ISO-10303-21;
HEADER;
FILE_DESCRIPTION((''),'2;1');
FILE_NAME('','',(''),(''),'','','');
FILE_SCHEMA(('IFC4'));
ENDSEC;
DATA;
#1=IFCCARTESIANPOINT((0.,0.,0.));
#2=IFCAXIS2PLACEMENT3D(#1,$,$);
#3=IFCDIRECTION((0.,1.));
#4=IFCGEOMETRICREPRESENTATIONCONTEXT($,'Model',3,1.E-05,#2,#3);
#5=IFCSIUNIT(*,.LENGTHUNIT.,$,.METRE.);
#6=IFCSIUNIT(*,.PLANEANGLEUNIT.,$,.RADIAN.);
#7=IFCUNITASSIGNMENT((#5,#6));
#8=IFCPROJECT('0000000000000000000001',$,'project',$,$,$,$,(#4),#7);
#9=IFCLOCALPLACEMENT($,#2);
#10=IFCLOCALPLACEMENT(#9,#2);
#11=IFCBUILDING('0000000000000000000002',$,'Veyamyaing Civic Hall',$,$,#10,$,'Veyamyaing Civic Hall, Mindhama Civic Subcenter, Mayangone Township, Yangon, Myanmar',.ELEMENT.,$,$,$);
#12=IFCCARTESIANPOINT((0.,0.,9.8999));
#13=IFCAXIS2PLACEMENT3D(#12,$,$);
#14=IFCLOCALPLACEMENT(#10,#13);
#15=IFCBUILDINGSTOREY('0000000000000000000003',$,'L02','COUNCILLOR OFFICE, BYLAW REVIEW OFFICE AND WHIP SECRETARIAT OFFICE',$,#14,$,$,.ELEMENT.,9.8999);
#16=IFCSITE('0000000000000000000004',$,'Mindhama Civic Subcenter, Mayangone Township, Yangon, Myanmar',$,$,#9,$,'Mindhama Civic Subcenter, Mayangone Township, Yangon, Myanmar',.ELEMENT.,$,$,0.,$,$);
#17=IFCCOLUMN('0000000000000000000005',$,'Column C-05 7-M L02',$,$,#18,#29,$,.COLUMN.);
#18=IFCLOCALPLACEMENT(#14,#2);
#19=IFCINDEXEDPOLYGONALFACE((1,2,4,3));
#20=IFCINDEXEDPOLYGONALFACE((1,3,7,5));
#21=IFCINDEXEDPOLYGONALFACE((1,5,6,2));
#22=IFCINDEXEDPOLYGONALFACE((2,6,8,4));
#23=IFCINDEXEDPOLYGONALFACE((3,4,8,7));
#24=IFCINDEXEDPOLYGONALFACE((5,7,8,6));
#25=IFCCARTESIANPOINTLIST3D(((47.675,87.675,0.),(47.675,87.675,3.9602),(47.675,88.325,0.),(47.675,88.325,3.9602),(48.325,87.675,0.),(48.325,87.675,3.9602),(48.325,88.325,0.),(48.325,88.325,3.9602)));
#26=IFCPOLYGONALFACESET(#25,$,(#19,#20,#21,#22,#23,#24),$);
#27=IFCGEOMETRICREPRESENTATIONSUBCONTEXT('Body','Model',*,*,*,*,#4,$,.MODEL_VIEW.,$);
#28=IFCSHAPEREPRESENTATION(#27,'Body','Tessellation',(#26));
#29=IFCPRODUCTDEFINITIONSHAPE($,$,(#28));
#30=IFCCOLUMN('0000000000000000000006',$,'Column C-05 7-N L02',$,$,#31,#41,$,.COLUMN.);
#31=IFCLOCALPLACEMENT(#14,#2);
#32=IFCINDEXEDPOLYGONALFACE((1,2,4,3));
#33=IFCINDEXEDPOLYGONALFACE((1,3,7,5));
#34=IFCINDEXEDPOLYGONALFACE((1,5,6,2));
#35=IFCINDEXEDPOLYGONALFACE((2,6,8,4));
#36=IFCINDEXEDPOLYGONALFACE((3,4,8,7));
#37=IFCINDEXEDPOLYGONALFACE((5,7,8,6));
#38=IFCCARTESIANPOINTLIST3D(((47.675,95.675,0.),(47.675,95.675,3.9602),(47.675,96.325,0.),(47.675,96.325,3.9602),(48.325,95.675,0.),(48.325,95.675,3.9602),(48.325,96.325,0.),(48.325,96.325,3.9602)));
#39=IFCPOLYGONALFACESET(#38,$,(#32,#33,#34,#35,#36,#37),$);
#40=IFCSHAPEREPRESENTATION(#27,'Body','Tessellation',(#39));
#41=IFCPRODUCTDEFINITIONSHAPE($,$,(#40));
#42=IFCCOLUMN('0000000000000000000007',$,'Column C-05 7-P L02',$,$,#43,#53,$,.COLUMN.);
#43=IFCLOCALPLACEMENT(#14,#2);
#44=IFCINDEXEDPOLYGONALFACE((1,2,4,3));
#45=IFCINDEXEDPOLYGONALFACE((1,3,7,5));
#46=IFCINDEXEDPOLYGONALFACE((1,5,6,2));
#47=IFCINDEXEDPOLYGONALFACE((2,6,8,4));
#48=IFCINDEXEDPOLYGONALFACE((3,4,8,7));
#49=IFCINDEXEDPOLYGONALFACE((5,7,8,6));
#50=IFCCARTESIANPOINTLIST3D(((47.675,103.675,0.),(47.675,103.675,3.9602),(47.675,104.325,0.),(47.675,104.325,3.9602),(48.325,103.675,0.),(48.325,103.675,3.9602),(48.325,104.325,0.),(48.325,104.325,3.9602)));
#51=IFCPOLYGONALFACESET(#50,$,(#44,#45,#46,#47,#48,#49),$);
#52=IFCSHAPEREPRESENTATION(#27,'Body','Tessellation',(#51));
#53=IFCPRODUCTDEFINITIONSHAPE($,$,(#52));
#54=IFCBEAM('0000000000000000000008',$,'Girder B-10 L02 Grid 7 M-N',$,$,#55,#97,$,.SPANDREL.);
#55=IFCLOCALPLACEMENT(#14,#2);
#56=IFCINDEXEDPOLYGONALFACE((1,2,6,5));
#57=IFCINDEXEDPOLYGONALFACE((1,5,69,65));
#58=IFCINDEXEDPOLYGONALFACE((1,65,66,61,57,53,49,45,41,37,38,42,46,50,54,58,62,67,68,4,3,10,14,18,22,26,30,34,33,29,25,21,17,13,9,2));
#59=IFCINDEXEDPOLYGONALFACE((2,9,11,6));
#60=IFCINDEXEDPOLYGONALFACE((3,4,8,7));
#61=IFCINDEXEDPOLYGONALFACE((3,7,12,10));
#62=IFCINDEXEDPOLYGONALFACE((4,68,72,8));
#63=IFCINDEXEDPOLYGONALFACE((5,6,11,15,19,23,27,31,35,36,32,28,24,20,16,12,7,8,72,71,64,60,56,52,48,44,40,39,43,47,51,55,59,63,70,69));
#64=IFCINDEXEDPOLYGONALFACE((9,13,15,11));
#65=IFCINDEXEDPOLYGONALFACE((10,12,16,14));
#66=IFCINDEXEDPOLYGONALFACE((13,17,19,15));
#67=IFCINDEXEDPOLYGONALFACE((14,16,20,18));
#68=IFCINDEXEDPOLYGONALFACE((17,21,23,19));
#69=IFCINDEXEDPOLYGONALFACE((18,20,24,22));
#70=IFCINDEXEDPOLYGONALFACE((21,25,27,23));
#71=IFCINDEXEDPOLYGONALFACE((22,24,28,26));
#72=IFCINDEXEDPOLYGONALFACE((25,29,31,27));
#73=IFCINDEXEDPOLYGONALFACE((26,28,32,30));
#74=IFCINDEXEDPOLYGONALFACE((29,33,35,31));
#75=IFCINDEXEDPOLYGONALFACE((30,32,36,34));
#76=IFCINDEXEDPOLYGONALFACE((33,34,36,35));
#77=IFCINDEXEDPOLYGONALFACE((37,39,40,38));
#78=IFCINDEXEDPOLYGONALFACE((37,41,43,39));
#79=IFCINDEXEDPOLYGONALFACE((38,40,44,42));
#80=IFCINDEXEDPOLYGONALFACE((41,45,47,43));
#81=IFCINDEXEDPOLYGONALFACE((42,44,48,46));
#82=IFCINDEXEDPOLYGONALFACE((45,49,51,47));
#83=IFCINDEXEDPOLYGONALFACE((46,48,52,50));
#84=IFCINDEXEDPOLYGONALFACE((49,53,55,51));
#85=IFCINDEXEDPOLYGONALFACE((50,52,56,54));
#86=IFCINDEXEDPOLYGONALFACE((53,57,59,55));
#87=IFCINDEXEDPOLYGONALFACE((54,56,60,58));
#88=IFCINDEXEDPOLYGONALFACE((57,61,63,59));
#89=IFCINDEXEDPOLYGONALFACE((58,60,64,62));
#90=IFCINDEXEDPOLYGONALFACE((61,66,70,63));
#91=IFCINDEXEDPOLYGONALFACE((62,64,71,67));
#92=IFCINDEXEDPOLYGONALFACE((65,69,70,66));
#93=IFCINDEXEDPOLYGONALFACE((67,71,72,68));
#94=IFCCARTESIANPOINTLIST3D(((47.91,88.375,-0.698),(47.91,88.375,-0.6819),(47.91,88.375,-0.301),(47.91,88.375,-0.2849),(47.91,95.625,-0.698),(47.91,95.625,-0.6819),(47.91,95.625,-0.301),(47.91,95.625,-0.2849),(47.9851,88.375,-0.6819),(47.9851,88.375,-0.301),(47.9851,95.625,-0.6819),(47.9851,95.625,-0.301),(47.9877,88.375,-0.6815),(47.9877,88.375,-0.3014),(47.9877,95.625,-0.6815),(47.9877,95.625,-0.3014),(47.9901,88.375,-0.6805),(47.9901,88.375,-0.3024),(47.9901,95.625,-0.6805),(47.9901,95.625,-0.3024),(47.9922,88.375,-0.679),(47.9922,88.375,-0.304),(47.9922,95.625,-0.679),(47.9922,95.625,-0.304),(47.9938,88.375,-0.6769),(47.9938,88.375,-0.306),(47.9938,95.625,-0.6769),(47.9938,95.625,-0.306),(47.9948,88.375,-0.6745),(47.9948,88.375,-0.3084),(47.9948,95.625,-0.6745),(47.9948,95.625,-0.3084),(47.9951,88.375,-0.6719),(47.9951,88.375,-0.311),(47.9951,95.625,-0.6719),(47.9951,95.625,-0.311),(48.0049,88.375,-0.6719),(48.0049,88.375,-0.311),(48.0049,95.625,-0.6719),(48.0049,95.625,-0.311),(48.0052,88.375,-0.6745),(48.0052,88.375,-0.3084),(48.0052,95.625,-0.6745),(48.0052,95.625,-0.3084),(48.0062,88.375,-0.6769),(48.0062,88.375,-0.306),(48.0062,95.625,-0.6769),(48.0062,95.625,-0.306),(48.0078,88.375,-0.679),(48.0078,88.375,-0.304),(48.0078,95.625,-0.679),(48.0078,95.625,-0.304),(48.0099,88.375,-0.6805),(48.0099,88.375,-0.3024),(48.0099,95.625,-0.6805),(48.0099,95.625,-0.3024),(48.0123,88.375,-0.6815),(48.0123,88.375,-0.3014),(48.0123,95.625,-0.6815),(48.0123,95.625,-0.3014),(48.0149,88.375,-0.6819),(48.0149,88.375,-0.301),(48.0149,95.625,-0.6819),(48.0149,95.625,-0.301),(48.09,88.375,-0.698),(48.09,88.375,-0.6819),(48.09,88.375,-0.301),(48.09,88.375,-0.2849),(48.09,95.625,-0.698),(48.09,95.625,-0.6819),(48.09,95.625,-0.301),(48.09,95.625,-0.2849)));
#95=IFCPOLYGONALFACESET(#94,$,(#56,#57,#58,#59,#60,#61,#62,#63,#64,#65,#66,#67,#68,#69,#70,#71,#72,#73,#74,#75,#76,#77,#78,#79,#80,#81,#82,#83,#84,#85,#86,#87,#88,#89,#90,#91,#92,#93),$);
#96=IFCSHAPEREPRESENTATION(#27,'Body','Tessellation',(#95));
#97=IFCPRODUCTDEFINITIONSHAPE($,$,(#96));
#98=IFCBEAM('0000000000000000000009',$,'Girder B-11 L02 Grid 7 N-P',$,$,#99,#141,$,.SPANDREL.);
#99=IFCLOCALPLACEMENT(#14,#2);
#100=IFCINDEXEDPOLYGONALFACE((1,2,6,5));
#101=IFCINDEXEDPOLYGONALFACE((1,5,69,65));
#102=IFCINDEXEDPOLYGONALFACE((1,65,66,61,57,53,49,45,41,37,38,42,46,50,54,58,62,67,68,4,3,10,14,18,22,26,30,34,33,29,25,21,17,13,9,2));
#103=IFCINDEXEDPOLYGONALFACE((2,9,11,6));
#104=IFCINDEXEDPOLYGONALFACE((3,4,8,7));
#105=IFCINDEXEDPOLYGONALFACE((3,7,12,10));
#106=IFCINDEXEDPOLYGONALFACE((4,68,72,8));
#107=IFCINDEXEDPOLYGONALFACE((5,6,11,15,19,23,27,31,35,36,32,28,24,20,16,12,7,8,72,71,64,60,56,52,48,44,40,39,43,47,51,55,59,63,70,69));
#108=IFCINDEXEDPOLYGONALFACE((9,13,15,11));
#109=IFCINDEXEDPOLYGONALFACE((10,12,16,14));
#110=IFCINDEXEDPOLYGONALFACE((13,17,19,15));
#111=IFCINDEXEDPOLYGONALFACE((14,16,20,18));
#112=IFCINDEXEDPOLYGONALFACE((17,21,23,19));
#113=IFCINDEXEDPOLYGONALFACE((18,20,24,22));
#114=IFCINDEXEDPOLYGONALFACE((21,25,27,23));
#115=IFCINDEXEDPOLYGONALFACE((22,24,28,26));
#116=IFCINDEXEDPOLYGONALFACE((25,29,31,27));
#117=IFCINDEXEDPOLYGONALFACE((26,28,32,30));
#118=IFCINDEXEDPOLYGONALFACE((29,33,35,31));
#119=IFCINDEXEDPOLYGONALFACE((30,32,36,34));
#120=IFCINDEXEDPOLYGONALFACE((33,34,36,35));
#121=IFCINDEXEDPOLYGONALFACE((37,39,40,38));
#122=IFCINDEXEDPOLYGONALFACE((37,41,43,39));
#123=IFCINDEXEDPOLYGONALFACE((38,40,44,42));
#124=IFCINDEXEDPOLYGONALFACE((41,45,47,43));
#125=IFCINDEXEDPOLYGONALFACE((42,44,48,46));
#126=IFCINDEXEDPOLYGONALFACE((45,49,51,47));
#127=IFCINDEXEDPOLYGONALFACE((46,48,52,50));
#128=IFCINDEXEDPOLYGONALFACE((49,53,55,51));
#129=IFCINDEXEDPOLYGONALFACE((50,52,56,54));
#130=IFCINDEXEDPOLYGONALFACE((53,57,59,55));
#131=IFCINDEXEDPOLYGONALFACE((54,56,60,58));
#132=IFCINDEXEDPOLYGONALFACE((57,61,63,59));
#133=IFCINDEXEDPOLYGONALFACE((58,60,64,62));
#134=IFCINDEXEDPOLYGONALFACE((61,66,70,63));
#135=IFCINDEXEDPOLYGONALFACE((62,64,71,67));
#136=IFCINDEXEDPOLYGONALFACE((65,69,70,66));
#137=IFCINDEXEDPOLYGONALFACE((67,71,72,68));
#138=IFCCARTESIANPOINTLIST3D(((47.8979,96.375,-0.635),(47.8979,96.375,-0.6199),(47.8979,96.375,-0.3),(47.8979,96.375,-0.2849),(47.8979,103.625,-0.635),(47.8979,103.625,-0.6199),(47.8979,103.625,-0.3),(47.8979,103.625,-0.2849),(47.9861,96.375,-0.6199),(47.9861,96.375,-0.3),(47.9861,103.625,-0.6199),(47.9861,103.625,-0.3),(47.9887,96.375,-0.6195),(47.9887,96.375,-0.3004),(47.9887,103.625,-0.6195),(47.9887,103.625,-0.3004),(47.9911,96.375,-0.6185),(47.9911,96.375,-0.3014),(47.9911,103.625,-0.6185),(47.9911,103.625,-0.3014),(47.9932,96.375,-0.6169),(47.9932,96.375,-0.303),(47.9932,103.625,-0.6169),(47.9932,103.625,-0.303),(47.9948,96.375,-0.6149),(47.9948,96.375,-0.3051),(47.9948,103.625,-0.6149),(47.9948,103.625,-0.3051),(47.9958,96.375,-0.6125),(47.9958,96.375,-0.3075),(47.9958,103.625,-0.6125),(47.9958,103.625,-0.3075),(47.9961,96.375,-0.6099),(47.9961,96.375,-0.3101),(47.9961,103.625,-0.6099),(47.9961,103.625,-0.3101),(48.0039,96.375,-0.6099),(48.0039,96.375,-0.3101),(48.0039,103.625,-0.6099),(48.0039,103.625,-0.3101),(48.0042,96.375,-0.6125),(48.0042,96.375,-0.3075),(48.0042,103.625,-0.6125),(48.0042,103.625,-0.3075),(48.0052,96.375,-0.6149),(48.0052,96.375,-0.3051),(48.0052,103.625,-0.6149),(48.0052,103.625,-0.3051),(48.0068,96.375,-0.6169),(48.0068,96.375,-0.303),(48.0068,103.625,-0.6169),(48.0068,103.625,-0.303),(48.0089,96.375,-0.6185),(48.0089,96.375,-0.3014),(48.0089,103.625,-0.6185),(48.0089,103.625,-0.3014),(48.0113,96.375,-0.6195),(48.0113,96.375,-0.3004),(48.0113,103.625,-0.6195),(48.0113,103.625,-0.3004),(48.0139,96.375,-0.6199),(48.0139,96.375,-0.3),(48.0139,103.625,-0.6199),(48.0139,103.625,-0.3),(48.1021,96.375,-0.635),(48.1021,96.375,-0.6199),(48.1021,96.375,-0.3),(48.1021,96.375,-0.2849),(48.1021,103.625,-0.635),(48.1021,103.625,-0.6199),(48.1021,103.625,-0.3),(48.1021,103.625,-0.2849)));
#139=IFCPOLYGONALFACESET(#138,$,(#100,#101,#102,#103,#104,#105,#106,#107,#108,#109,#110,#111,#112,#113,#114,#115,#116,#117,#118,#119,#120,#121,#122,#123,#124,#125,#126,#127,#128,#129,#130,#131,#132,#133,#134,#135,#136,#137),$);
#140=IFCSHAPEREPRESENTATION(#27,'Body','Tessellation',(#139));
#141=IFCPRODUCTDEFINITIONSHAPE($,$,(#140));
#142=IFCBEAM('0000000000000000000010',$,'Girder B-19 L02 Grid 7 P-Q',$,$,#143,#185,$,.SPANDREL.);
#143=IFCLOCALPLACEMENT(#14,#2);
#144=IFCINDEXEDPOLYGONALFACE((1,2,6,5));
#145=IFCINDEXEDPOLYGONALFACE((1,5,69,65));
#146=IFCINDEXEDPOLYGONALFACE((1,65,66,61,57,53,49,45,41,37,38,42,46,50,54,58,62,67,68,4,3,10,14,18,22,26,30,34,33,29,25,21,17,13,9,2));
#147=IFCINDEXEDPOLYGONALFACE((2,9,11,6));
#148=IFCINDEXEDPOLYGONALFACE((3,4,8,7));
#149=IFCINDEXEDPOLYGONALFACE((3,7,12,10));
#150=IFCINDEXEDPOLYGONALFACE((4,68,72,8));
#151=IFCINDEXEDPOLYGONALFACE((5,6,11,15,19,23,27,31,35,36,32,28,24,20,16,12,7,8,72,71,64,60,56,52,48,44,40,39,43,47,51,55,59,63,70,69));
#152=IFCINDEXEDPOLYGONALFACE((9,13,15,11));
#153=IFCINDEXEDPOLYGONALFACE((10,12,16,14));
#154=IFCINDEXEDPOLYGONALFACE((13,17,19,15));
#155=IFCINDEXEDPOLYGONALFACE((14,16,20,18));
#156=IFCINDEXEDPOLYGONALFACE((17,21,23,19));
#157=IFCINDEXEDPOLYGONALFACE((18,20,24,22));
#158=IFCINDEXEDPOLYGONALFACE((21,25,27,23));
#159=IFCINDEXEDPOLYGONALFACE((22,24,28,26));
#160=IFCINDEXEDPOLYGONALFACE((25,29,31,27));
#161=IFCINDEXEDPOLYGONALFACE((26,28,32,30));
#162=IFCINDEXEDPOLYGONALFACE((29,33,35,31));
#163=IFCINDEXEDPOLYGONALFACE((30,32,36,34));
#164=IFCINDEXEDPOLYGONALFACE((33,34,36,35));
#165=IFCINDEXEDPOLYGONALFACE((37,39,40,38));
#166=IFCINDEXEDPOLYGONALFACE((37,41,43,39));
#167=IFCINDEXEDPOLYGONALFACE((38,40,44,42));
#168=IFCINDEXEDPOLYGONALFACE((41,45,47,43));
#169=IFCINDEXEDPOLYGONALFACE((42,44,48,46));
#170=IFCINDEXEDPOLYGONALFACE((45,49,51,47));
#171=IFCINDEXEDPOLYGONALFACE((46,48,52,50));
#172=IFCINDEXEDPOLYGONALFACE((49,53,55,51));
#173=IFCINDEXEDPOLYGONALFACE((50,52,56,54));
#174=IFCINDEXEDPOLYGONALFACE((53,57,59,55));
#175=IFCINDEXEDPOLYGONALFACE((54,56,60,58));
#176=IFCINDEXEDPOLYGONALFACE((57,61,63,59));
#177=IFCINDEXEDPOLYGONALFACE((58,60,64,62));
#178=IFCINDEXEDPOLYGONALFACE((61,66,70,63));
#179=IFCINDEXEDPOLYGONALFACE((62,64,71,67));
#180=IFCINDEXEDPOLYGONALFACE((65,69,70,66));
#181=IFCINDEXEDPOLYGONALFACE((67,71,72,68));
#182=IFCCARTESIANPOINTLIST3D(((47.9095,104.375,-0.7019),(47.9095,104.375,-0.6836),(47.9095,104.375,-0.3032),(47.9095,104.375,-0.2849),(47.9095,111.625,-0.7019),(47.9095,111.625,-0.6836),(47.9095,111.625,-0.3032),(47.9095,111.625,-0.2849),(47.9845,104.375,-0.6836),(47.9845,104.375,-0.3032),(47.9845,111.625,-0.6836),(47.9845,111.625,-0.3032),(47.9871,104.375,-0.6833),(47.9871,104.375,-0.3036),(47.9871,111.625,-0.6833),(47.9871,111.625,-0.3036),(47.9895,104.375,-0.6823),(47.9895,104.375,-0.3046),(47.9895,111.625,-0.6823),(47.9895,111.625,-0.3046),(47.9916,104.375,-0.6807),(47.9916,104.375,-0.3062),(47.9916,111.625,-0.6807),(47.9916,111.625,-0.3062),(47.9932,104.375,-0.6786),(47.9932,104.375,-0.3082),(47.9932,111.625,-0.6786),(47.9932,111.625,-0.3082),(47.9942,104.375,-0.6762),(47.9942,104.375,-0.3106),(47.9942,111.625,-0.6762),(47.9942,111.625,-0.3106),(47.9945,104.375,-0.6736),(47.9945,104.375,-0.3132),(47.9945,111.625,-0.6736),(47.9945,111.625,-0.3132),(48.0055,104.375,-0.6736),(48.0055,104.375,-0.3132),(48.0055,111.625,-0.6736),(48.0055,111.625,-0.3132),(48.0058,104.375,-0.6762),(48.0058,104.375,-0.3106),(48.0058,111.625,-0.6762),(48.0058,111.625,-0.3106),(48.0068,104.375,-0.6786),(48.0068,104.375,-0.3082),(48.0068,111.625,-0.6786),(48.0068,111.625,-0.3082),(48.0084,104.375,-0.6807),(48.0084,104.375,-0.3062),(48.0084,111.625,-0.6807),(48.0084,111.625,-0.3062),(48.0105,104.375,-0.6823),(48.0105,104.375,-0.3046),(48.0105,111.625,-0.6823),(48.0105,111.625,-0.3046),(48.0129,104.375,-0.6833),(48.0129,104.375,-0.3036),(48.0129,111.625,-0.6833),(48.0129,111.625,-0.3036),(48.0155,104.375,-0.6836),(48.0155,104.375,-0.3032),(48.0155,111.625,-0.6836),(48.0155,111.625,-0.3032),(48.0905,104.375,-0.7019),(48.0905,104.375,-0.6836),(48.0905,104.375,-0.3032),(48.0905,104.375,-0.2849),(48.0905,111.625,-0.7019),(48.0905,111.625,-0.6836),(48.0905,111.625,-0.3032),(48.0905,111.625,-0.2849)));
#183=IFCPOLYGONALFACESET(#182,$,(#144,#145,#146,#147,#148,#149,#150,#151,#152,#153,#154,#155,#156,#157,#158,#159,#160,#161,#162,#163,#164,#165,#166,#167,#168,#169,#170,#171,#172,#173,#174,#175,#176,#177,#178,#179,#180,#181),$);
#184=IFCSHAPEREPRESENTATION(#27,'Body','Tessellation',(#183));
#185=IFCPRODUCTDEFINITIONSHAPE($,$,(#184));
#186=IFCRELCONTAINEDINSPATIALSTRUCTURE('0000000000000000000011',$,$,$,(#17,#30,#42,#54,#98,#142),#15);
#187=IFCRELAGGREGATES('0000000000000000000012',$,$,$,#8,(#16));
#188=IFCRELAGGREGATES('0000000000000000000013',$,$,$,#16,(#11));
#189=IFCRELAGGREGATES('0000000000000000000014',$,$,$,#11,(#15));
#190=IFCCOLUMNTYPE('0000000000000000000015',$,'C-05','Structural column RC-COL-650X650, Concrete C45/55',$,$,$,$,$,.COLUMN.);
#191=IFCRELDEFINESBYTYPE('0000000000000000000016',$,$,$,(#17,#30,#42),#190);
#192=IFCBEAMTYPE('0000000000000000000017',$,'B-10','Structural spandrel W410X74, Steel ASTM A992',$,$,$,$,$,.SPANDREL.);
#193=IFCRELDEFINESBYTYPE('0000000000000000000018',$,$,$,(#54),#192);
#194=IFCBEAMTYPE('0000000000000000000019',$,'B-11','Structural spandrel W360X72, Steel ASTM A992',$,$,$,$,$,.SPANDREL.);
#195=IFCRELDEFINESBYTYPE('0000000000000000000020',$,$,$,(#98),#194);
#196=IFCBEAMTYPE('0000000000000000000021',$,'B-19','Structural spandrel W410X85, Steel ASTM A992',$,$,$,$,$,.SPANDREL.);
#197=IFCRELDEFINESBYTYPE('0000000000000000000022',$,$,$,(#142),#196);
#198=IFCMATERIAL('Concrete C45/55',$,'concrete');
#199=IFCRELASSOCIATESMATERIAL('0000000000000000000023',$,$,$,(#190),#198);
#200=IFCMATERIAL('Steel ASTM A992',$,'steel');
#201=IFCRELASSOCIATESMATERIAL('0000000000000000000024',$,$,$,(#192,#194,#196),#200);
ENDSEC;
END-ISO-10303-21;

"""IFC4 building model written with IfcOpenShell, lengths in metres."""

from ifc_helpers import new_model, si_unit, direction, frame, origin, origin_2d, place, context, subcontext, project, spatial, rectangle, i_section, extrude, material, material_profile, profile_set, type_object, element, save


model = new_model("IFC4")

# Units and contexts
model_context = context("Model", 3, precision=1e-05, world=origin(), true_north=direction((0.0, 1.0)))
body_context = subcontext(model_context, "Body", "Model", "MODEL_VIEW")
ifc_project = project(units=[si_unit("LENGTHUNIT", "METRE"), si_unit("PLANEANGLEUNIT", "RADIAN")], contexts=[model_context])

# Site, building, storey
site_placement = place(None, origin())
site = spatial("IfcSite", under=ifc_project, at=site_placement, Name="Mindhama Civic Subcenter, Mayangone Township, Yangon, Myanmar", LongName="Mindhama Civic Subcenter, Mayangone Township, Yangon, Myanmar", CompositionType="ELEMENT", RefElevation=0.0)
building_placement = place(site_placement, origin())
building = spatial("IfcBuilding", under=site, at=building_placement, Name="Veyamyaing Civic Hall", LongName="Veyamyaing Civic Hall, Mindhama Civic Subcenter, Mayangone Township, Yangon, Myanmar", CompositionType="ELEMENT")
storey_placement = place(building_placement, frame((0.0, 0.0, 9.8999)))
storey = spatial("IfcBuildingStorey", under=building, at=storey_placement, Name="L02", Description="COUNCILLOR OFFICE, BYLAW REVIEW OFFICE AND WHIP SECRETARIAT OFFICE", CompositionType="ELEMENT", Elevation=9.8999)

# Columns
ifc_material_1 = material(Name="Concrete C45/55", Category="concrete")
ifc_material_profile_1 = material_profile(ifc_material_1, rectangle(XDim=0.6499, YDim=0.6499, at=origin_2d()), Name="RC-COL-650X650")
ifc_profile_set_1 = profile_set([ifc_material_profile_1], Name="Concrete C45/55")
column_type = type_object("IfcColumnType", Name="C-05", Description="Structural column RC-COL-650X650, Concrete C45/55", PredefinedType="COLUMN", material=ifc_profile_set_1)
for number, where, z_axis, x_axis, name in (
    (1, (48.0, 88.0, 0.0), (0.0, 0.0, 1.0), (1.0, 0.0, 0.0), "Column C-05 7-M L02"),
    (2, (48.0, 96.0, 0.0), (0.0, 0.0, 1.0), (1.0, 0.0, 0.0), "Column C-05 7-N L02"),
    (3, (48.0, 104.0, 0.0), (0.0, 0.0, 1.0), (1.0, 0.0, 0.0), "Column C-05 7-P L02"),
):
    element("IfcColumn", number, at=place(storey_placement, frame(where, z_axis=z_axis, x_axis=x_axis)), inside=storey, type_object=column_type, Name=name, PredefinedType="COLUMN", context=body_context, shape_type="SweptSolid", body=[
        extrude(rectangle(XDim=0.6499, YDim=0.6499, at=origin_2d()), origin(), (0.0, 0.0, 1.0), 3.9602),
    ])

# Beams
ifc_material_2 = material(Name="Steel ASTM A992", Category="steel")
ifc_material_profile_2 = material_profile(ifc_material_2, i_section(OverallWidth=0.1799, OverallDepth=0.4131, WebThickness=0.0098, FlangeThickness=0.0161, FilletRadius=0.01, at=origin_2d()), Name="W410X74")
ifc_profile_set_2 = profile_set([ifc_material_profile_2], Name="Steel ASTM A992")
beam_type_1 = type_object("IfcBeamType", Name="B-10", Description="Structural spandrel W410X74, Steel ASTM A992", PredefinedType="SPANDREL", material=ifc_profile_set_2)
beam_1_placement = place(storey_placement, frame((48.0, 88.375, -0.4915), z_axis=(0.0, 1.0, 0.0), x_axis=(-1.0, 0.0, 0.0)))
element("IfcBeam", 4, at=beam_1_placement, inside=storey, type_object=beam_type_1, Name="Girder B-10 L02 Grid 7 M-N", PredefinedType="SPANDREL", context=body_context, shape_type="SweptSolid", body=[
    extrude(i_section(OverallWidth=0.1799, OverallDepth=0.4131, WebThickness=0.0098, FlangeThickness=0.0161, FilletRadius=0.01, at=origin_2d()), origin(), (0.0, 0.0, 1.0), 7.25),
])
ifc_material_profile_3 = material_profile(ifc_material_2, i_section(OverallWidth=0.2041, OverallDepth=0.3501, WebThickness=0.0078, FlangeThickness=0.0151, FilletRadius=0.01, at=origin_2d()), Name="W360X72")
ifc_profile_set_3 = profile_set([ifc_material_profile_3], Name="Steel ASTM A992")
beam_type_2 = type_object("IfcBeamType", Name="B-11", Description="Structural spandrel W360X72, Steel ASTM A992", PredefinedType="SPANDREL", material=ifc_profile_set_3)
beam_2_placement = place(storey_placement, frame((48.0, 96.375, -0.46), z_axis=(0.0, 1.0, 0.0), x_axis=(-1.0, 0.0, 0.0)))
element("IfcBeam", 5, at=beam_2_placement, inside=storey, type_object=beam_type_2, Name="Girder B-11 L02 Grid 7 N-P", PredefinedType="SPANDREL", context=body_context, shape_type="SweptSolid", body=[
    extrude(i_section(OverallWidth=0.2041, OverallDepth=0.3501, WebThickness=0.0078, FlangeThickness=0.0151, FilletRadius=0.01, at=origin_2d()), origin(), (0.0, 0.0, 1.0), 7.25),
])
ifc_material_profile_4 = material_profile(ifc_material_2, i_section(OverallWidth=0.1809, OverallDepth=0.417, WebThickness=0.011, FlangeThickness=0.0183, FilletRadius=0.01, at=origin_2d()), Name="W410X85")
ifc_profile_set_4 = profile_set([ifc_material_profile_4], Name="Steel ASTM A992")
beam_type_3 = type_object("IfcBeamType", Name="B-19", Description="Structural spandrel W410X85, Steel ASTM A992", PredefinedType="SPANDREL", material=ifc_profile_set_4)
beam_3_placement = place(storey_placement, frame((48.0, 104.375, -0.4934), z_axis=(0.0, 1.0, 0.0), x_axis=(-1.0, 0.0, 0.0)))
element("IfcBeam", 6, at=beam_3_placement, inside=storey, type_object=beam_type_3, Name="Girder B-19 L02 Grid 7 P-Q", PredefinedType="SPANDREL", context=body_context, shape_type="SweptSolid", body=[
    extrude(i_section(OverallWidth=0.1809, OverallDepth=0.417, WebThickness=0.011, FlangeThickness=0.0183, FilletRadius=0.01, at=origin_2d()), origin(), (0.0, 0.0, 1.0), 7.25),
])

save(model, "model.ifc")
